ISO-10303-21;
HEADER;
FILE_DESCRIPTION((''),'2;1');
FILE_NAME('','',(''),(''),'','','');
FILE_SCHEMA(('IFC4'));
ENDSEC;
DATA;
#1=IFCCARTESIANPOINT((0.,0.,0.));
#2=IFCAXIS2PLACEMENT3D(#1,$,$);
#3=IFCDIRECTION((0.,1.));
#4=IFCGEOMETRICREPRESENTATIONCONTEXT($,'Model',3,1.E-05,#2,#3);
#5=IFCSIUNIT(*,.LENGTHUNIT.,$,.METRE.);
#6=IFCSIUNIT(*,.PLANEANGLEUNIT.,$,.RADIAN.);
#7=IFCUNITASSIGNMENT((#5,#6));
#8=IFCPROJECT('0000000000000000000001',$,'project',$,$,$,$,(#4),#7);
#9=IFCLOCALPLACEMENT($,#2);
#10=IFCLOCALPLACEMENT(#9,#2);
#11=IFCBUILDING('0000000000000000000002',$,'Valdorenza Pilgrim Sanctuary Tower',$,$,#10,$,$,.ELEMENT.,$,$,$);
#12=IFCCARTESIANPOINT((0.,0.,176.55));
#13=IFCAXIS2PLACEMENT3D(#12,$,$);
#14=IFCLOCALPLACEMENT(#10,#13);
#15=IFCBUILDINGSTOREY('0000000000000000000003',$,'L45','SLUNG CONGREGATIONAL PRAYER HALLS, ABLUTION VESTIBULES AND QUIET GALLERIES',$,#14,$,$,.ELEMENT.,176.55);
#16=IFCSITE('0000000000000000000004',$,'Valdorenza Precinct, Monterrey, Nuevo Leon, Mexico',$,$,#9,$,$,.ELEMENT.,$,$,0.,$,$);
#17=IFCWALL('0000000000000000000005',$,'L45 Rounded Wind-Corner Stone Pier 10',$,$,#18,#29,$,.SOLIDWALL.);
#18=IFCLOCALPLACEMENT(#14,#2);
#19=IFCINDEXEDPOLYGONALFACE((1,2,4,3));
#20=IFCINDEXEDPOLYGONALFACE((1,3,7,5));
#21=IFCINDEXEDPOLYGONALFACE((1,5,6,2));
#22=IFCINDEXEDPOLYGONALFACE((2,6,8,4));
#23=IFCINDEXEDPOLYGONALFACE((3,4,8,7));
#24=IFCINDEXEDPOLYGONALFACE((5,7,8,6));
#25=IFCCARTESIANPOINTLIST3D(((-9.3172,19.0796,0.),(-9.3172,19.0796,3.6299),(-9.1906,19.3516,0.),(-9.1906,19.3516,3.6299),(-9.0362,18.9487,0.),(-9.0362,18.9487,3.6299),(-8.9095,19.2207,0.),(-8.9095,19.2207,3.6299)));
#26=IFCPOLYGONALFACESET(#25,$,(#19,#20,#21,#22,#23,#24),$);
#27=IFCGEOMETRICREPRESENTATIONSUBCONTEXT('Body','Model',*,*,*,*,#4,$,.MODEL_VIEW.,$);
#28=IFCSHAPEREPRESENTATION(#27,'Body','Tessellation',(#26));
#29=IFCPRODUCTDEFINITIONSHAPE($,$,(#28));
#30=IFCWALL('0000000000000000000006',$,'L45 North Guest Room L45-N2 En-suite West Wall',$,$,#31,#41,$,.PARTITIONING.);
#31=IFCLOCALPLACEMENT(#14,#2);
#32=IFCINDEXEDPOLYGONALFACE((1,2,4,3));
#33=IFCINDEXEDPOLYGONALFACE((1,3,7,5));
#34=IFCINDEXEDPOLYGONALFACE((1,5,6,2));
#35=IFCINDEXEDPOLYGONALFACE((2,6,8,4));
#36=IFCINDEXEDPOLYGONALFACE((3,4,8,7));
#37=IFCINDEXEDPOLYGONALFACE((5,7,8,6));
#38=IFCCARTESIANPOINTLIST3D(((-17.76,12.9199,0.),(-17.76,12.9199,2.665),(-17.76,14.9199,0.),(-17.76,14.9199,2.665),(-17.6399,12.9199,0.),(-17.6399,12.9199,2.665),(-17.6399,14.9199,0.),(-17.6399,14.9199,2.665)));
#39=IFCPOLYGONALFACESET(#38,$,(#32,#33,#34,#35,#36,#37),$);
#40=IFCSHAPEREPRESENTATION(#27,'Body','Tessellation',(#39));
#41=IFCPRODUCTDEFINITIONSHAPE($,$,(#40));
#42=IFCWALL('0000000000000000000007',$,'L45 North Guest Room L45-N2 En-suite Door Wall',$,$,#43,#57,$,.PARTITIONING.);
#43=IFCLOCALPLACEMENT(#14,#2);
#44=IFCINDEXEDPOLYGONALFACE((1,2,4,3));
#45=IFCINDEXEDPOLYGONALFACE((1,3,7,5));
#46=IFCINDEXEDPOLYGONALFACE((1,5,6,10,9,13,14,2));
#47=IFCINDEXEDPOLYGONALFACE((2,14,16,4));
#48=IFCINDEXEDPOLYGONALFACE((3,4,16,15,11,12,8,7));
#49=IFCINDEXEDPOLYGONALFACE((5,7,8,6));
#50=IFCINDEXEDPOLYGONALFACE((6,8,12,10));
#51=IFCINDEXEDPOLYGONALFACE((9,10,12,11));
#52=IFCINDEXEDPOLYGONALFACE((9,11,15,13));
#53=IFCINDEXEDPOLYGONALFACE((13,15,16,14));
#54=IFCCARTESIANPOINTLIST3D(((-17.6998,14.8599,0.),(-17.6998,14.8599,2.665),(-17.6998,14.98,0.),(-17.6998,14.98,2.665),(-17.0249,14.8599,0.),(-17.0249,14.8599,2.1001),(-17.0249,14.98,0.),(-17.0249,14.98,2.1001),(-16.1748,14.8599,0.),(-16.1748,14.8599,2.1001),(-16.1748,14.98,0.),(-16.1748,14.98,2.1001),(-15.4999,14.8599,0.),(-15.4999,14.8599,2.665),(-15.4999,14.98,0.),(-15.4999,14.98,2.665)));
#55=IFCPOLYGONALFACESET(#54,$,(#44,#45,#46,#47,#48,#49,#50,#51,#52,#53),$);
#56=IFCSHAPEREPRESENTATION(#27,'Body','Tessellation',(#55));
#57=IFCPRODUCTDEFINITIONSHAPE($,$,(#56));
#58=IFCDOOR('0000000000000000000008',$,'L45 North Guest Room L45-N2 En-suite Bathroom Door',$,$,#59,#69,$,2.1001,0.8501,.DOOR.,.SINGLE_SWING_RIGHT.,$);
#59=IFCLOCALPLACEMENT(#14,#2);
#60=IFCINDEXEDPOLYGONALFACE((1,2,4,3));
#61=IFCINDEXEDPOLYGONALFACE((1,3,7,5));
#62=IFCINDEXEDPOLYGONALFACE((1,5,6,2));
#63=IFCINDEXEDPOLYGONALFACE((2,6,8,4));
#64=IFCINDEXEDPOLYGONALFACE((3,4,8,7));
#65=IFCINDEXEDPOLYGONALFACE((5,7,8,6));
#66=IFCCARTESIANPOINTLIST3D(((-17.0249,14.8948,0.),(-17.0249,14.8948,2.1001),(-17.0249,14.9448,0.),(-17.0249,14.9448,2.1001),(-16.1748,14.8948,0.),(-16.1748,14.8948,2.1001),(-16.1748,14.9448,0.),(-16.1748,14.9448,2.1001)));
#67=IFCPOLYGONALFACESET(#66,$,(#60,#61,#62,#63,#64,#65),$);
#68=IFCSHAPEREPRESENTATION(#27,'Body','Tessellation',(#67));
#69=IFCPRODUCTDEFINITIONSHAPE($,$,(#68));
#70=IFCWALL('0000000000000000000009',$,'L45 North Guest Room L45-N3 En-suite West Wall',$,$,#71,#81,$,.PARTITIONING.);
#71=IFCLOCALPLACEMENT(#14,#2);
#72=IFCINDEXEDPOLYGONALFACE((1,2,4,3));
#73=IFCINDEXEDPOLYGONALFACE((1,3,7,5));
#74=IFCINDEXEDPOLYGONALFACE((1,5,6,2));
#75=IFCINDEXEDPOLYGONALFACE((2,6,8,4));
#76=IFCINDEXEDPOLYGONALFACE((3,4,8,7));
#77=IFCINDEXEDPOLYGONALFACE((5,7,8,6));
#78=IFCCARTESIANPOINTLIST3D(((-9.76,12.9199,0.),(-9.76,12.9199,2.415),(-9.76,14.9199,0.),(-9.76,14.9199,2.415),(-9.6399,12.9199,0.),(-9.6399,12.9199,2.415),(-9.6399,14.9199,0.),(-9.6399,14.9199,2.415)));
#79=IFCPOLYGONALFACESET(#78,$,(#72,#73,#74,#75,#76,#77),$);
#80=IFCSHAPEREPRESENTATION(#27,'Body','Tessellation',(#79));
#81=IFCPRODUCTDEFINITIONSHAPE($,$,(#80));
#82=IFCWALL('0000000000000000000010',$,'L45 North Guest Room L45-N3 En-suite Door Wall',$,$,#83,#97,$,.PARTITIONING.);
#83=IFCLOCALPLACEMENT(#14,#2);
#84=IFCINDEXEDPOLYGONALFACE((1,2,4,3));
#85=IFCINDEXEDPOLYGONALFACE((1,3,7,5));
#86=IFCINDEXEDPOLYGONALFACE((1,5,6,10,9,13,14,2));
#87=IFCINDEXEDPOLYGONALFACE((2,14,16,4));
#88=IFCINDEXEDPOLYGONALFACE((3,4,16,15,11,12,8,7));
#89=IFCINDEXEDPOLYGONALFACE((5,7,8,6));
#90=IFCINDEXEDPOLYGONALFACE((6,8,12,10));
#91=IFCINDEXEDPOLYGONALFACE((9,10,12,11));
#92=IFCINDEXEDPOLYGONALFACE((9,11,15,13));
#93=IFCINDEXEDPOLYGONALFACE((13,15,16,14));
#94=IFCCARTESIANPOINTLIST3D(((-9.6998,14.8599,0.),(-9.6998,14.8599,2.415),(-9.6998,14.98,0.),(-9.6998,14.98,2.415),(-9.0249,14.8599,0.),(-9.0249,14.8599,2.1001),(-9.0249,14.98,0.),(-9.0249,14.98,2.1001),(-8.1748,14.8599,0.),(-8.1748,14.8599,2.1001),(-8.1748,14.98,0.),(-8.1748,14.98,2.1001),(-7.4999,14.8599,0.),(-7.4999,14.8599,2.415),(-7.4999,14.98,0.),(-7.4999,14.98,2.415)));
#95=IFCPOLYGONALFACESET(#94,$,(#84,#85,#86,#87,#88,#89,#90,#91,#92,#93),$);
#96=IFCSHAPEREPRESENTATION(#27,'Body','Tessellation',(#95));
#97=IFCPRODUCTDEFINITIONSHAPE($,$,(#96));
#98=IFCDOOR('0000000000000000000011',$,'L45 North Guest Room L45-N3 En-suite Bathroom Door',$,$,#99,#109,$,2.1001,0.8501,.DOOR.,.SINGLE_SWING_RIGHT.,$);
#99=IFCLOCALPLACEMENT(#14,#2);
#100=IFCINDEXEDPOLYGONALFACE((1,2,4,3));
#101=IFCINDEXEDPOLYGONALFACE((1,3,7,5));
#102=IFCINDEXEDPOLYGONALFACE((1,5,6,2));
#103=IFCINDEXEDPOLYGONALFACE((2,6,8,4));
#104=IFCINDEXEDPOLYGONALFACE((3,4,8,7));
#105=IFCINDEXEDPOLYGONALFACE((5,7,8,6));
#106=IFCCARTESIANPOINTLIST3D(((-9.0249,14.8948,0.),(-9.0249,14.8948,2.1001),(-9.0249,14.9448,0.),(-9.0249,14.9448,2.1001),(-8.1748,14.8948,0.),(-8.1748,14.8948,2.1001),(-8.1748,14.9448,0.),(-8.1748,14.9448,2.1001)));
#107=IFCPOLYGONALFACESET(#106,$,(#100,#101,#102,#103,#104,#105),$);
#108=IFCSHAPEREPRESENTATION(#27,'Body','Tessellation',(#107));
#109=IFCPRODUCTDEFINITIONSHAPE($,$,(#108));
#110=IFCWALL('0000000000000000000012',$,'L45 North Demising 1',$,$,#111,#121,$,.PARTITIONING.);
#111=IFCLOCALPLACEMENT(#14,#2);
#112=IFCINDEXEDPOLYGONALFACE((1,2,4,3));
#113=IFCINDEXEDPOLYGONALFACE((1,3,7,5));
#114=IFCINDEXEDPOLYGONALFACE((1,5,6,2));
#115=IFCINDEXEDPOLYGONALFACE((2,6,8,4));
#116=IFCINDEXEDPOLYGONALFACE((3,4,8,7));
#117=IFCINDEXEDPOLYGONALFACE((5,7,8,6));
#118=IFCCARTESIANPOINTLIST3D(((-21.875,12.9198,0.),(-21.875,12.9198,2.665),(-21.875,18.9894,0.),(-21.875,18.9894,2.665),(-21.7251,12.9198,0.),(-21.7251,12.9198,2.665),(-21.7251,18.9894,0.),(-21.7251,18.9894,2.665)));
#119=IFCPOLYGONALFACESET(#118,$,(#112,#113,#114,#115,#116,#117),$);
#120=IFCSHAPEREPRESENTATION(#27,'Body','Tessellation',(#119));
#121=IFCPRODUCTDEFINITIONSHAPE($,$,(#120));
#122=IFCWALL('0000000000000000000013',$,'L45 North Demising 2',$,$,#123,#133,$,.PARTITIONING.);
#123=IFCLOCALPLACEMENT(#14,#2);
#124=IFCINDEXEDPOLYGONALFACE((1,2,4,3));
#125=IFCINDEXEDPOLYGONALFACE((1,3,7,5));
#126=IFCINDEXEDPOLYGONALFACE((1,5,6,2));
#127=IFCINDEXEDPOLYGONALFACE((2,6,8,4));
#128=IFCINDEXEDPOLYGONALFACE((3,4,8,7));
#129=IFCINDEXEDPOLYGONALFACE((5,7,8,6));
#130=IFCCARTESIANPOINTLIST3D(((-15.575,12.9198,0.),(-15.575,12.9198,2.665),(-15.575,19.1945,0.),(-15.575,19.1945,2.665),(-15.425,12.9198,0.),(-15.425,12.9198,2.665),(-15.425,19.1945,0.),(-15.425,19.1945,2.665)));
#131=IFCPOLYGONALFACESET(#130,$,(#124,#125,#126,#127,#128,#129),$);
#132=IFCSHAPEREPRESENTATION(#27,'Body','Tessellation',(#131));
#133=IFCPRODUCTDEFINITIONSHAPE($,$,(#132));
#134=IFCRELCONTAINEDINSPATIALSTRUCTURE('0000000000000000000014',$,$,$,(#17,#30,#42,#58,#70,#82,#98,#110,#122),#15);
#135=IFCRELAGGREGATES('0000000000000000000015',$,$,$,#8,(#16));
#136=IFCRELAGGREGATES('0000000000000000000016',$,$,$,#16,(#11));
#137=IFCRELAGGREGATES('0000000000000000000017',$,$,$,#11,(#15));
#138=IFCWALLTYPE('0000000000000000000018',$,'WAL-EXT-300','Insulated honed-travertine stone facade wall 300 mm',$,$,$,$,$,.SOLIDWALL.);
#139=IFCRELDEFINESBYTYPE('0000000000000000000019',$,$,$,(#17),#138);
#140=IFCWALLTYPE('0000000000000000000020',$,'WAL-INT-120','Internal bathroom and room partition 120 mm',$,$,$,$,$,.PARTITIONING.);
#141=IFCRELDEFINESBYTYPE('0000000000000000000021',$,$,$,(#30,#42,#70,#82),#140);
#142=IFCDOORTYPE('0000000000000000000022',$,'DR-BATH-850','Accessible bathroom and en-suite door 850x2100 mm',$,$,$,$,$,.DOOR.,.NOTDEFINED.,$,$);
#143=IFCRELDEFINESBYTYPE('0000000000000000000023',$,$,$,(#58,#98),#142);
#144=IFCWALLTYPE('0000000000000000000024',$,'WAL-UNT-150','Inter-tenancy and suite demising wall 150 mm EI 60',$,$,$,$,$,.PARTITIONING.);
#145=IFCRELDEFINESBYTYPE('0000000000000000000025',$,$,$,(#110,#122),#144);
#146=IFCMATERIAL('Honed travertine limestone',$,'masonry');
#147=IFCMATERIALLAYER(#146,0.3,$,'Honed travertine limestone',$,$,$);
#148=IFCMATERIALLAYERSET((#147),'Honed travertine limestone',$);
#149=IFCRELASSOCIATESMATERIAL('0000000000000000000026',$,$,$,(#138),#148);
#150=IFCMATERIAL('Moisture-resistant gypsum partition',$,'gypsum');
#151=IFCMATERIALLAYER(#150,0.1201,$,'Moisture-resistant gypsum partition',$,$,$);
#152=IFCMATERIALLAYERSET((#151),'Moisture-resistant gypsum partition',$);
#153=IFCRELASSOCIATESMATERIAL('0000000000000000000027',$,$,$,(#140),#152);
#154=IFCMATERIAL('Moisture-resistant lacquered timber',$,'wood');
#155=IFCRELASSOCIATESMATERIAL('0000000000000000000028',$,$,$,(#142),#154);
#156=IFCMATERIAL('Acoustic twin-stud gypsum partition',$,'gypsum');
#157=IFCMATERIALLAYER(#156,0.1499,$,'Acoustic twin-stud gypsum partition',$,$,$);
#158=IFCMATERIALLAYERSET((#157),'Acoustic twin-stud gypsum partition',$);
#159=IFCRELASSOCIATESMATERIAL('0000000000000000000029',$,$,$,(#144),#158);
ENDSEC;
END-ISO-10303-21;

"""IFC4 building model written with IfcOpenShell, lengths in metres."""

from ifc_helpers import new_model, si_unit, direction, frame, frame_2d, origin, place, context, subcontext, project, spatial, rectangle, extrude, material, layer, layer_set, type_object, element, fill, save


model = new_model("IFC4")

# Units and contexts
model_context = context("Model", 3, precision=1e-05, world=origin(), true_north=direction((0.0, 1.0)))
body_context = subcontext(model_context, "Body", "Model", "MODEL_VIEW")
ifc_project = project(units=[si_unit("LENGTHUNIT", "METRE"), si_unit("PLANEANGLEUNIT", "RADIAN")], contexts=[model_context])

# Site, building, storey
site_placement = place(None, origin())
site = spatial("IfcSite", under=ifc_project, at=site_placement, Name="Valdorenza Precinct, Monterrey, Nuevo Leon, Mexico", CompositionType="ELEMENT", RefElevation=0.0)
building_placement = place(site_placement, origin())
building = spatial("IfcBuilding", under=site, at=building_placement, Name="Valdorenza Pilgrim Sanctuary Tower", CompositionType="ELEMENT")
storey_placement = place(building_placement, frame((0.0, 0.0, 176.55)))
storey = spatial("IfcBuildingStorey", under=building, at=storey_placement, Name="L45", Description="SLUNG CONGREGATIONAL PRAYER HALLS, ABLUTION VESTIBULES AND QUIET GALLERIES", CompositionType="ELEMENT", Elevation=176.55)

# Shared definitions
ifc_material_1 = material(Name="Honed travertine limestone", Category="masonry")

# Walls
ifc_layer_1 = layer(ifc_material_1, 0.3, Name="Honed travertine limestone")
ifc_layer_set_1 = layer_set([ifc_layer_1], Name="Honed travertine limestone")
wall_type_1 = type_object("IfcWallType", Name="WAL-EXT-300", Description="Insulated honed-travertine stone facade wall 300 mm", PredefinedType="SOLIDWALL", material=ifc_layer_set_1)
wall_1_placement = place(storey_placement, frame((-9.2539, 19.2156, 0.0), z_axis=(0.0, 0.0, 1.0), x_axis=(0.906525, -0.422152, 0.0)))
element("IfcWall", 1, at=wall_1_placement, inside=storey, type_object=wall_type_1, Name="L45 Rounded Wind-Corner Stone Pier 10", PredefinedType="SOLIDWALL", context=body_context, shape_type="SweptSolid", body=[
    extrude(rectangle(XDim=0.3101, YDim=0.3, at=frame_2d((0.155, 0.0))), origin(), (0.0, 0.0, 1.0), 3.6299),
])
ifc_material_2 = material(Name="Moisture-resistant gypsum partition", Category="gypsum")
ifc_layer_2 = layer(ifc_material_2, 0.1201, Name="Moisture-resistant gypsum partition")
ifc_layer_set_2 = layer_set([ifc_layer_2], Name="Moisture-resistant gypsum partition")
wall_type_2 = type_object("IfcWallType", Name="WAL-INT-120", Description="Internal bathroom and room partition 120 mm", PredefinedType="PARTITIONING", material=ifc_layer_set_2)
wall_2_placement = place(storey_placement, frame((-17.7, 12.9199, 0.0), z_axis=(0.0, 0.0, 1.0), x_axis=(0.0, 1.0, 0.0)))
element("IfcWall", 2, at=wall_2_placement, inside=storey, type_object=wall_type_2, Name="L45 North Guest Room L45-N2 En-suite West Wall", PredefinedType="PARTITIONING", context=body_context, shape_type="SweptSolid", body=[
    extrude(rectangle(XDim=2.0, YDim=0.1201, at=frame_2d((1.0, 0.0))), origin(), (0.0, 0.0, 1.0), 2.665),
])

# Wall, opening, door
wall_3_placement = place(storey_placement, frame((-17.7, 14.9199, 0.0), z_axis=(0.0, 0.0, 1.0), x_axis=(1.0, 0.0, 0.0)))
wall_3 = element("IfcWall", 3, at=wall_3_placement, inside=storey, type_object=wall_type_2, Name="L45 North Guest Room L45-N2 En-suite Door Wall", PredefinedType="PARTITIONING", context=body_context, shape_type="SweptSolid", body=[
    extrude(rectangle(XDim=2.2, YDim=0.1201, at=frame_2d((1.1001, 0.0))), origin(), (0.0, 0.0, 1.0), 2.665),
])
opening_1_placement = place(wall_3_placement, frame((0.675, 0.0, 0.0)))
opening_1 = element("IfcOpeningElement", 4, at=opening_1_placement, cuts=wall_3, PredefinedType="OPENING", context=body_context, shape_type="SweptSolid", body=[
    extrude(rectangle(XDim=0.8501, YDim=2.1001, at=frame_2d((0.425, 1.05))), frame((0.0, 0.075, 0.0), z_axis=(0.0, -1.0, 0.0), x_axis=(1.0, 0.0, 0.0)), (0.0, 0.0, 1.0), 0.1499),
])
ifc_material_3 = material(Name="Moisture-resistant lacquered timber", Category="wood")
door_type = type_object("IfcDoorType", Name="DR-BATH-850", Description="Accessible bathroom and en-suite door 850x2100 mm", OperationType="NOTDEFINED", PredefinedType="DOOR", material=ifc_material_3)
door_1_placement = place(opening_1_placement, origin())
door_1 = element("IfcDoor", 5, at=door_1_placement, inside=storey, type_object=door_type, Name="L45 North Guest Room L45-N2 En-suite Bathroom Door", OperationType="SINGLE_SWING_RIGHT", OverallHeight=2.1001, OverallWidth=0.8501, PredefinedType="DOOR", context=body_context, shape_type="SweptSolid", body=[
    extrude(rectangle(XDim=0.8501, YDim=2.1001, at=frame_2d((0.425, 1.05))), frame((0.0, 0.0249, 0.0), z_axis=(0.0, -1.0, 0.0), x_axis=(1.0, 0.0, 0.0)), (0.0, 0.0, 1.0), 0.05),
])
fill(opening_1, door_1)

# Wall
wall_4_placement = place(storey_placement, frame((-9.7, 12.9199, 0.0), z_axis=(0.0, 0.0, 1.0), x_axis=(0.0, 1.0, 0.0)))
element("IfcWall", 6, at=wall_4_placement, inside=storey, type_object=wall_type_2, Name="L45 North Guest Room L45-N3 En-suite West Wall", PredefinedType="PARTITIONING", context=body_context, shape_type="SweptSolid", body=[
    extrude(rectangle(XDim=2.0, YDim=0.1201, at=frame_2d((1.0, 0.0))), origin(), (0.0, 0.0, 1.0), 2.415),
])

# Wall, opening, door
wall_5_placement = place(storey_placement, frame((-9.7, 14.9199, 0.0), z_axis=(0.0, 0.0, 1.0), x_axis=(1.0, 0.0, 0.0)))
wall_5 = element("IfcWall", 7, at=wall_5_placement, inside=storey, type_object=wall_type_2, Name="L45 North Guest Room L45-N3 En-suite Door Wall", PredefinedType="PARTITIONING", context=body_context, shape_type="SweptSolid", body=[
    extrude(rectangle(XDim=2.2, YDim=0.1201, at=frame_2d((1.1001, 0.0))), origin(), (0.0, 0.0, 1.0), 2.415),
])
opening_2_placement = place(wall_5_placement, frame((0.675, 0.0, 0.0)))
opening_2 = element("IfcOpeningElement", 8, at=opening_2_placement, cuts=wall_5, PredefinedType="OPENING", context=body_context, shape_type="SweptSolid", body=[
    extrude(rectangle(XDim=0.8501, YDim=2.1001, at=frame_2d((0.425, 1.05))), frame((0.0, 0.075, 0.0), z_axis=(0.0, -1.0, 0.0), x_axis=(1.0, 0.0, 0.0)), (0.0, 0.0, 1.0), 0.1499),
])
door_2_placement = place(opening_2_placement, origin())
door_2 = element("IfcDoor", 9, at=door_2_placement, inside=storey, type_object=door_type, Name="L45 North Guest Room L45-N3 En-suite Bathroom Door", OperationType="SINGLE_SWING_RIGHT", OverallHeight=2.1001, OverallWidth=0.8501, PredefinedType="DOOR", context=body_context, shape_type="SweptSolid", body=[
    extrude(rectangle(XDim=0.8501, YDim=2.1001, at=frame_2d((0.425, 1.05))), frame((0.0, 0.0249, 0.0), z_axis=(0.0, -1.0, 0.0), x_axis=(1.0, 0.0, 0.0)), (0.0, 0.0, 1.0), 0.05),
])
fill(opening_2, door_2)

# Walls
ifc_material_4 = material(Name="Acoustic twin-stud gypsum partition", Category="gypsum")
ifc_layer_3 = layer(ifc_material_4, 0.1499, Name="Acoustic twin-stud gypsum partition")
ifc_layer_set_3 = layer_set([ifc_layer_3], Name="Acoustic twin-stud gypsum partition")
wall_type_3 = type_object("IfcWallType", Name="WAL-UNT-150", Description="Inter-tenancy and suite demising wall 150 mm EI 60", PredefinedType="PARTITIONING", material=ifc_layer_set_3)
wall_6_placement = place(storey_placement, frame((-21.8, 12.9199, 0.0), z_axis=(0.0, 0.0, 1.0), x_axis=(0.0, 1.0, 0.0)))
element("IfcWall", 10, at=wall_6_placement, inside=storey, type_object=wall_type_3, Name="L45 North Demising 1", PredefinedType="PARTITIONING", context=body_context, shape_type="SweptSolid", body=[
    extrude(rectangle(XDim=6.0696, YDim=0.1499, at=frame_2d((3.0347, 0.0))), origin(), (0.0, 0.0, 1.0), 2.665),
])
wall_7_placement = place(storey_placement, frame((-15.5, 12.9199, 0.0), z_axis=(0.0, 0.0, 1.0), x_axis=(0.0, 1.0, 0.0)))
element("IfcWall", 11, at=wall_7_placement, inside=storey, type_object=wall_type_3, Name="L45 North Demising 2", PredefinedType="PARTITIONING", context=body_context, shape_type="SweptSolid", body=[
    extrude(rectangle(XDim=6.2747, YDim=0.1499, at=frame_2d((3.1372, 0.0))), origin(), (0.0, 0.0, 1.0), 2.665),
])

save(model, "model.ifc")
